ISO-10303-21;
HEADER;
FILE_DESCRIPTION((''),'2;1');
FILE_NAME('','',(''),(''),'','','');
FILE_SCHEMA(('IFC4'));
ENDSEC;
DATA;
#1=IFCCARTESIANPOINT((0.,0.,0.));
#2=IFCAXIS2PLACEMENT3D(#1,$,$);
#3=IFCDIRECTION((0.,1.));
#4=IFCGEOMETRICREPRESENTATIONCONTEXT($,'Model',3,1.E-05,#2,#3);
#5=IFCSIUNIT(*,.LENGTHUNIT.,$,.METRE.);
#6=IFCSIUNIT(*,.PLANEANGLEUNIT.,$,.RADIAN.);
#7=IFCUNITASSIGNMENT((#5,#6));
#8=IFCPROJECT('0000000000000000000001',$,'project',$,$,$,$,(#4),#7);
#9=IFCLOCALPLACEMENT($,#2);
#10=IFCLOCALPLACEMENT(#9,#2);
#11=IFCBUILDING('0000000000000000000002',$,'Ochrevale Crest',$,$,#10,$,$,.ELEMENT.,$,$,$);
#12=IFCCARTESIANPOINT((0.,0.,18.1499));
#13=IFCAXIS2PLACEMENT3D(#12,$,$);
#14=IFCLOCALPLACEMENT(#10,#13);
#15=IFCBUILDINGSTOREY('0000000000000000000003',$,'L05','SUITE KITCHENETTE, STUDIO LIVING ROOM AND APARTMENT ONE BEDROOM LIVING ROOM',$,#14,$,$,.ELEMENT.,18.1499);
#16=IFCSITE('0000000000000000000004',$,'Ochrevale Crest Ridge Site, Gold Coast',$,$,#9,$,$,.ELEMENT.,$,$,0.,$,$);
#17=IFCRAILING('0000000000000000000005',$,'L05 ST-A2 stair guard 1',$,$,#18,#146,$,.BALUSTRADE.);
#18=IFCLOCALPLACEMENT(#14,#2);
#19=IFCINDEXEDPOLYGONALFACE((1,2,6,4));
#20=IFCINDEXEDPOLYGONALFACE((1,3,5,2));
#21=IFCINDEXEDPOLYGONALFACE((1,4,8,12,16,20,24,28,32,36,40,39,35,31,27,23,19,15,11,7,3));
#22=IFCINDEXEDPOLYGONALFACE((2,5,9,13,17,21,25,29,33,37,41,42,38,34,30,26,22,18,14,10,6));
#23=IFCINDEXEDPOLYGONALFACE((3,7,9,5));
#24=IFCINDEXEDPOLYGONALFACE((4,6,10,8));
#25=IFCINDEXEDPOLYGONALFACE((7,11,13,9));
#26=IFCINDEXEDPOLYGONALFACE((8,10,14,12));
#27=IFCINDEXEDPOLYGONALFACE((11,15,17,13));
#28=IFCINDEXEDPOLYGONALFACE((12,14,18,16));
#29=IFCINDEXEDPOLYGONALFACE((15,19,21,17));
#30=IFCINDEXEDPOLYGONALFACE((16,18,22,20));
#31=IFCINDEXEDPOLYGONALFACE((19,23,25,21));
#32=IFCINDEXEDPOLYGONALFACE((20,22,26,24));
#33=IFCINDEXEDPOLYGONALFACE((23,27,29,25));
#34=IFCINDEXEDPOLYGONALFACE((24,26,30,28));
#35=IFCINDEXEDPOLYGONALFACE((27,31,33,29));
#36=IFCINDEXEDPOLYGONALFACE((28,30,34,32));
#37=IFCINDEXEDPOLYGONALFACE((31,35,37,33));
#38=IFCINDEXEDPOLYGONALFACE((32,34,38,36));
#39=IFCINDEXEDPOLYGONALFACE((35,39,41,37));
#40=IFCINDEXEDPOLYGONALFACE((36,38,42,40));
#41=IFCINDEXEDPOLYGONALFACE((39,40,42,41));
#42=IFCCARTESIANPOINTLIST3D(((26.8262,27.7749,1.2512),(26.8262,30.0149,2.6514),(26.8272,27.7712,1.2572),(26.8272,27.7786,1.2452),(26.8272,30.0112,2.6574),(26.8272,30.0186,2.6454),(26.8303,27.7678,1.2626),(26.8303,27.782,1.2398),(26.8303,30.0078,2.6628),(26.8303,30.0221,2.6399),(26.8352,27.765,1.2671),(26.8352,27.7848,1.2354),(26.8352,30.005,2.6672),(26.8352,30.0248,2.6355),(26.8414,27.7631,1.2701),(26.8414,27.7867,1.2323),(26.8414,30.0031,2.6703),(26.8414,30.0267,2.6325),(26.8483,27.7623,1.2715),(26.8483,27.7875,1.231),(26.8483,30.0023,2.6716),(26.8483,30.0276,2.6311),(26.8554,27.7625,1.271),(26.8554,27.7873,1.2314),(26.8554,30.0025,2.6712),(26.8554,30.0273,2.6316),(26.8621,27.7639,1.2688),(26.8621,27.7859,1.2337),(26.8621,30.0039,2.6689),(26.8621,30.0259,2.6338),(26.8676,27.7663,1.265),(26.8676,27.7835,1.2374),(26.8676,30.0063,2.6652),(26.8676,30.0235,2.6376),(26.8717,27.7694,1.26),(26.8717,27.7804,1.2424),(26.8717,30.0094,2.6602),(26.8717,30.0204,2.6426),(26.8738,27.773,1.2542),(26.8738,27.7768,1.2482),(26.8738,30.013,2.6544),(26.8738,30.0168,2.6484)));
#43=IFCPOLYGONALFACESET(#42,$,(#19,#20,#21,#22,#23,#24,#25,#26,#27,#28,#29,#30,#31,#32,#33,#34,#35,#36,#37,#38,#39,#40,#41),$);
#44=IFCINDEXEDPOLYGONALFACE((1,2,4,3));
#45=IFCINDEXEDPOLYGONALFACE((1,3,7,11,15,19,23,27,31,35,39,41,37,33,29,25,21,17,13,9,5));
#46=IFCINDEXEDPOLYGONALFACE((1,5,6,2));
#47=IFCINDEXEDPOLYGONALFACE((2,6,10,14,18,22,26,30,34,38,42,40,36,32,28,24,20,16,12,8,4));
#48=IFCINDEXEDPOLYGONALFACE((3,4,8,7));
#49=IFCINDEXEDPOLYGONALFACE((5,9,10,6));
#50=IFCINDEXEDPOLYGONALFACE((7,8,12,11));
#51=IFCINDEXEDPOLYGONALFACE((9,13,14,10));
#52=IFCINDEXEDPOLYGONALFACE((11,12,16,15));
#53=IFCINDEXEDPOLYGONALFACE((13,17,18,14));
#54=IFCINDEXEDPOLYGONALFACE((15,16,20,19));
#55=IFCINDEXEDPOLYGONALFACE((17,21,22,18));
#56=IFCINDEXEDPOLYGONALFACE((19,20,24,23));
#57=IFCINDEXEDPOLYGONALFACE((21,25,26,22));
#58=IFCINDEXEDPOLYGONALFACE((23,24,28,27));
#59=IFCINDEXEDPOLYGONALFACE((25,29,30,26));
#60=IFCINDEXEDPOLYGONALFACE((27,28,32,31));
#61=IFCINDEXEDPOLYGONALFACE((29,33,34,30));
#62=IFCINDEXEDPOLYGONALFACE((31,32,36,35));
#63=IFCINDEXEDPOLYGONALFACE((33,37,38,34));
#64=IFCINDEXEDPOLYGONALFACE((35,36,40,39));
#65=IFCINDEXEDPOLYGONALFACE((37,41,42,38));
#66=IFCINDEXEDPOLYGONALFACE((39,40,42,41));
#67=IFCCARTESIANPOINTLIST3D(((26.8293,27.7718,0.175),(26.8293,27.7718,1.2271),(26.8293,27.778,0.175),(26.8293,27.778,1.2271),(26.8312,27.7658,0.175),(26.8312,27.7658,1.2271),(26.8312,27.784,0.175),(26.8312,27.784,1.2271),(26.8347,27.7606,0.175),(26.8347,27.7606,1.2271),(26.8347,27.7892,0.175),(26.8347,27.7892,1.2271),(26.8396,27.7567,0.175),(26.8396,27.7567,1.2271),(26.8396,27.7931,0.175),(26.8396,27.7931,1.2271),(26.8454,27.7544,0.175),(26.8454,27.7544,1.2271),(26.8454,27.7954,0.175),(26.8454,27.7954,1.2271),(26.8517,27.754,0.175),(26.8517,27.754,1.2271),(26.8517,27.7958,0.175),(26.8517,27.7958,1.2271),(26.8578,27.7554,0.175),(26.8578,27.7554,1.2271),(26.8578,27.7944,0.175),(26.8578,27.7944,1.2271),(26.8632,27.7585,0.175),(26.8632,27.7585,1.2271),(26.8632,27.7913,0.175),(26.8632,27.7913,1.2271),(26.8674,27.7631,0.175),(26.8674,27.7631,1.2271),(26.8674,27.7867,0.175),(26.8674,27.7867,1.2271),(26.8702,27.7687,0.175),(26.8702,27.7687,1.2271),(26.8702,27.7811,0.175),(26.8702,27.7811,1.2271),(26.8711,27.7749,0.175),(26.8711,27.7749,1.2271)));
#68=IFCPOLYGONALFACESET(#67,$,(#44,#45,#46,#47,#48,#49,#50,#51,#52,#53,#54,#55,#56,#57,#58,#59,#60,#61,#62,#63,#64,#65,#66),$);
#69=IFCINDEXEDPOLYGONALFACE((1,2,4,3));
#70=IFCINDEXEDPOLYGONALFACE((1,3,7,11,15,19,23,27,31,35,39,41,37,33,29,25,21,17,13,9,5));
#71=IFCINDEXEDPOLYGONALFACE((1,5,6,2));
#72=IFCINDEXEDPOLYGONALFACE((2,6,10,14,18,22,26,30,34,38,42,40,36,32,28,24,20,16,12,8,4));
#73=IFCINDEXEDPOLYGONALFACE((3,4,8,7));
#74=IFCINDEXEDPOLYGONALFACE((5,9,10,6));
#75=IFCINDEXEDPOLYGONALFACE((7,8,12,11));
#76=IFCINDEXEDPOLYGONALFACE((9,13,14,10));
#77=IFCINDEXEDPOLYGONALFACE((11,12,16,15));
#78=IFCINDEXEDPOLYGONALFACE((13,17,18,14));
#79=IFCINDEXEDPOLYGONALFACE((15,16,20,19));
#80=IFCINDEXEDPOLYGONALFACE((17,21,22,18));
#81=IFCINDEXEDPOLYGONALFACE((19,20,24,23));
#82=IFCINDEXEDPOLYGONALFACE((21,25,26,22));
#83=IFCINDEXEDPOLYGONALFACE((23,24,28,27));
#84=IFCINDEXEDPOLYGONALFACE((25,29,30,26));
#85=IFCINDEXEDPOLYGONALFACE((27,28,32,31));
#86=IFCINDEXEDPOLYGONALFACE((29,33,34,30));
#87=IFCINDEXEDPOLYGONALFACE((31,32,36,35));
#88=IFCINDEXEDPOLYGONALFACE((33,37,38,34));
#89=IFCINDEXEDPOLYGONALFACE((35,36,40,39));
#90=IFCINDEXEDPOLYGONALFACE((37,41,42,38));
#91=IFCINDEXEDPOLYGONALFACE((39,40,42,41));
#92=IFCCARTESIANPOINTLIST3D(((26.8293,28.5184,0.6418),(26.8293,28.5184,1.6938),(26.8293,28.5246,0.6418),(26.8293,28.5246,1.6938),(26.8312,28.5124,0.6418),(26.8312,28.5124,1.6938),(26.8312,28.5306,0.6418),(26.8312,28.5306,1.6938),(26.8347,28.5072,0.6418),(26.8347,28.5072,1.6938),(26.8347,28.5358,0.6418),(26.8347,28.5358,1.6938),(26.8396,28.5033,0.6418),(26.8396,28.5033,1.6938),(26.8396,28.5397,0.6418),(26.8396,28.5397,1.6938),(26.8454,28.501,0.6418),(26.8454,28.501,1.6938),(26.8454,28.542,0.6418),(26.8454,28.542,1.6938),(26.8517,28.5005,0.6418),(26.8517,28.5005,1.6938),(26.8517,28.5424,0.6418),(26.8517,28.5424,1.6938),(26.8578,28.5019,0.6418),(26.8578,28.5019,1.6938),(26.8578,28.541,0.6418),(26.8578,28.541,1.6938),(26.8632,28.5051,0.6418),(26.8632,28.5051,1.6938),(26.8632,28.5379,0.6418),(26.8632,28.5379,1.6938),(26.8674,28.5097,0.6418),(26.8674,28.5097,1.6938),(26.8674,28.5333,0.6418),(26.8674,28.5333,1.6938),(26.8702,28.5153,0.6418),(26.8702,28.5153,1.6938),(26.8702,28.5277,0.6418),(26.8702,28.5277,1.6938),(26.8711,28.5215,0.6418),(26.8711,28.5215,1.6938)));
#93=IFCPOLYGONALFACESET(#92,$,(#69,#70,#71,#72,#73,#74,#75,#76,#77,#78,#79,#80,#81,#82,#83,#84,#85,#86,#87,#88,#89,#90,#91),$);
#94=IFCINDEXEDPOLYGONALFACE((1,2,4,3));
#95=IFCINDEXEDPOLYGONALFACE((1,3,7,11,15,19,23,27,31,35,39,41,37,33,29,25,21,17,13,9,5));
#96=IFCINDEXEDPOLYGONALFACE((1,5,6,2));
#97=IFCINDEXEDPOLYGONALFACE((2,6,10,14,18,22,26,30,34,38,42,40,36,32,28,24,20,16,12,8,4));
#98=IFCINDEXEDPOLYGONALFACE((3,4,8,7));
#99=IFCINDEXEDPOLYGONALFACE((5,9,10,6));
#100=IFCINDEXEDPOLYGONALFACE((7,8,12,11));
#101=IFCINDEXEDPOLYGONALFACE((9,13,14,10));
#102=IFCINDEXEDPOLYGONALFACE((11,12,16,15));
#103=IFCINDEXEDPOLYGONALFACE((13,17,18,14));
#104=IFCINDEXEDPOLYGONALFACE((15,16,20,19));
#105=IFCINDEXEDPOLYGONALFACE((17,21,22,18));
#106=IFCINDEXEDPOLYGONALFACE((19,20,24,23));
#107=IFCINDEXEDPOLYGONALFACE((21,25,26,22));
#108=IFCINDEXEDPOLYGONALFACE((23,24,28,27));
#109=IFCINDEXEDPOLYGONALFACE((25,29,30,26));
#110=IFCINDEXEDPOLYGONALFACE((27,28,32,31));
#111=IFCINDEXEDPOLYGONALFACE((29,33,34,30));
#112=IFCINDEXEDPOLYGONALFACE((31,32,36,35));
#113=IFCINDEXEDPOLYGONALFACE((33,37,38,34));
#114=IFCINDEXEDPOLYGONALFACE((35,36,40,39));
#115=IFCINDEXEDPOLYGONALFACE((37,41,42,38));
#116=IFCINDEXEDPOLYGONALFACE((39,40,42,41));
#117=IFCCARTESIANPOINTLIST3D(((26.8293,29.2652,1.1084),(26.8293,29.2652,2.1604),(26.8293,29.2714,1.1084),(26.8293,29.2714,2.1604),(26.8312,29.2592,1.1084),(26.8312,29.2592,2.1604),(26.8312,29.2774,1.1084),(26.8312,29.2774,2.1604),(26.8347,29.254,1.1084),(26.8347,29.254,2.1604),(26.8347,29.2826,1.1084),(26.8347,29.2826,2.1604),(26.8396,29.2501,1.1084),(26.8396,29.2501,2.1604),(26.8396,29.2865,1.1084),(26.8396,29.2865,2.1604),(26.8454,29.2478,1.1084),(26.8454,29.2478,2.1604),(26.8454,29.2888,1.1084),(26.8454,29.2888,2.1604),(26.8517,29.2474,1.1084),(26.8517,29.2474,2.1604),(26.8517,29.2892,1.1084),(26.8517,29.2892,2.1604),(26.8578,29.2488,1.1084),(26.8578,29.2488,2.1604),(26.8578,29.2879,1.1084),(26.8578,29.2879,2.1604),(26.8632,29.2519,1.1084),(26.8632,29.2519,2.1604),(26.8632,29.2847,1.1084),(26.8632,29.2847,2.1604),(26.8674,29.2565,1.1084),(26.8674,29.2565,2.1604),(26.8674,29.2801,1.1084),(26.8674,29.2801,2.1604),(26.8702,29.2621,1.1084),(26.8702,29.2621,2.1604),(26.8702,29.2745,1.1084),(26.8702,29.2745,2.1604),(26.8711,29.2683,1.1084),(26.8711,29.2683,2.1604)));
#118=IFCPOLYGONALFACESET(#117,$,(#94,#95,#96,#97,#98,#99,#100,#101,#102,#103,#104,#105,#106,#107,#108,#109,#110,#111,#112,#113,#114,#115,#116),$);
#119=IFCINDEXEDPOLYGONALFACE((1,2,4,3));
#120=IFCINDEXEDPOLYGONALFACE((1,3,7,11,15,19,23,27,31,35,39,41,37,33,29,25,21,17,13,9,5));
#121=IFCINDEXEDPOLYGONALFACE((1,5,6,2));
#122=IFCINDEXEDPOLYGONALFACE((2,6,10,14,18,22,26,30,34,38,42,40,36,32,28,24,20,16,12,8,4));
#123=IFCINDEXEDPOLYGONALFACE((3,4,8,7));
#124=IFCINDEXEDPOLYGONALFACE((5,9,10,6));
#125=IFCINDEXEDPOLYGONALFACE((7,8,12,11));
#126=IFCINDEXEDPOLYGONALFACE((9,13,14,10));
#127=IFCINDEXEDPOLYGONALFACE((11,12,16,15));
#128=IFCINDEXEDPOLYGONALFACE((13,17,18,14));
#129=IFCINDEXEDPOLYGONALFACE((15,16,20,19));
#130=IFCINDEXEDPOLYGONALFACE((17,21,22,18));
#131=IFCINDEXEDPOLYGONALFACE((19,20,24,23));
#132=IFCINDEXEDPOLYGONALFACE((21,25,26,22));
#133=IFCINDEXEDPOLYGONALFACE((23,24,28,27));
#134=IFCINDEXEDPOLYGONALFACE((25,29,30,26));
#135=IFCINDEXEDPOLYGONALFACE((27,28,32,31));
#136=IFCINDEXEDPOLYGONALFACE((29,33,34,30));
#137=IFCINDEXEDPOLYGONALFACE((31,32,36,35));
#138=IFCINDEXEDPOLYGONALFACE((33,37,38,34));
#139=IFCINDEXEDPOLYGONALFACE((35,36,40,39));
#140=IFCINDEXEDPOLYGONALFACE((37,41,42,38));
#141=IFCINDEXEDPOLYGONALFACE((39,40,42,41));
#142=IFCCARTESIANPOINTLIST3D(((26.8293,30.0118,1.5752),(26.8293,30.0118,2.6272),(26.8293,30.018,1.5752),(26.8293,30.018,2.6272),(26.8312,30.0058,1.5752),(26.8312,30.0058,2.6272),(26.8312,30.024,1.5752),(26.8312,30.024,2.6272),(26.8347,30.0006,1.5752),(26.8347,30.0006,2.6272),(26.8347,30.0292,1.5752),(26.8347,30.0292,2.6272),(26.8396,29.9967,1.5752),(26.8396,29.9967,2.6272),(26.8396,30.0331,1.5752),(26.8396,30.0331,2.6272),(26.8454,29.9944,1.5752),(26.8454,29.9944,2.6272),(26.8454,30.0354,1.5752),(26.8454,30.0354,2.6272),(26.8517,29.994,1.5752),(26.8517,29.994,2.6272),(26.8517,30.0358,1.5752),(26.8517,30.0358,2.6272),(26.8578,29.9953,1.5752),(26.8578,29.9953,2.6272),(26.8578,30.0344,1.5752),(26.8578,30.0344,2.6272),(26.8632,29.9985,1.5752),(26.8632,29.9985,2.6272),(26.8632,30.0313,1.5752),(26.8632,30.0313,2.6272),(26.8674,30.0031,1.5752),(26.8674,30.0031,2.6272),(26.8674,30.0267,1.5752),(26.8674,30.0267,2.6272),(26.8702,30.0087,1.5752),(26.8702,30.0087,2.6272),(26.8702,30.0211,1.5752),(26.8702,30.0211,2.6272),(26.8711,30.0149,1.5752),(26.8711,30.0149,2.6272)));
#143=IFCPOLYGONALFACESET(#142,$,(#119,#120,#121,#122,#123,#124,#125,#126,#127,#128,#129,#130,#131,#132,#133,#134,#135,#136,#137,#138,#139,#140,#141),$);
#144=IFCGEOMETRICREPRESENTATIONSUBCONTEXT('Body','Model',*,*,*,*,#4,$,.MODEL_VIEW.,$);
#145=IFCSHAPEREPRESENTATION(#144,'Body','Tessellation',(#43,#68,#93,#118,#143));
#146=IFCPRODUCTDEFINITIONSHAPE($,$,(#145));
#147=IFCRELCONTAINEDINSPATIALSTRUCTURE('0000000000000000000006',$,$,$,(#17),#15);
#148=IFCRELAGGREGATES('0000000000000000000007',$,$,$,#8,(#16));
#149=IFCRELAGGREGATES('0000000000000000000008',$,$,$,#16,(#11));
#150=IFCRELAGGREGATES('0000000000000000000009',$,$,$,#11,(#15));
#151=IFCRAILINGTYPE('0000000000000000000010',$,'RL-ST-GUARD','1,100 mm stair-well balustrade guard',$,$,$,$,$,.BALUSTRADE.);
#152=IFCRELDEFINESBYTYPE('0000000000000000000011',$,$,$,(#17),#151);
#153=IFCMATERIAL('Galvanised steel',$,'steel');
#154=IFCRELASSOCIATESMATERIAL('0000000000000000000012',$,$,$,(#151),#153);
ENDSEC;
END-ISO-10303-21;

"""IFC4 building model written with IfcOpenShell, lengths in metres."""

from ifc_helpers import new_model, si_unit, direction, frame, origin, origin_2d, place, context, subcontext, project, spatial, circle, extrude, material, type_object, element, save


model = new_model("IFC4")

# Units and contexts
model_context = context("Model", 3, precision=1e-05, world=origin(), true_north=direction((0.0, 1.0)))
body_context = subcontext(model_context, "Body", "Model", "MODEL_VIEW")
ifc_project = project(units=[si_unit("LENGTHUNIT", "METRE"), si_unit("PLANEANGLEUNIT", "RADIAN")], contexts=[model_context])

# Site, building, storey
site_placement = place(None, origin())
site = spatial("IfcSite", under=ifc_project, at=site_placement, Name="Ochrevale Crest Ridge Site, Gold Coast", CompositionType="ELEMENT", RefElevation=0.0)
building_placement = place(site_placement, origin())
building = spatial("IfcBuilding", under=site, at=building_placement, Name="Ochrevale Crest", CompositionType="ELEMENT")
storey_placement = place(building_placement, frame((0.0, 0.0, 18.1499)))
storey = spatial("IfcBuildingStorey", under=building, at=storey_placement, Name="L05", Description="SUITE KITCHENETTE, STUDIO LIVING ROOM AND APARTMENT ONE BEDROOM LIVING ROOM", CompositionType="ELEMENT", Elevation=18.1499)

# Railing
ifc_material_1 = material(Name="Galvanised steel", Category="steel")
railing_type = type_object("IfcRailingType", Name="RL-ST-GUARD", Description="1,100 mm stair-well balustrade guard", PredefinedType="BALUSTRADE", material=ifc_material_1)
railing_1_placement = place(storey_placement, frame((26.8501, 27.7749, 0.175)))
element("IfcRailing", 1, at=railing_1_placement, inside=storey, type_object=railing_type, Name="L05 ST-A2 stair guard 1", PredefinedType="BALUSTRADE", context=body_context, shape_type="SweptSolid", body=[
    extrude(circle(Radius=0.0239, at=origin_2d()), frame((0.0, 0.0, 1.0762), z_axis=(0.0, 0.847972, 0.53004), x_axis=(-1.0, 0.0, 0.0)), (0.0, 0.0, 1.0), 2.6416),
    extrude(circle(Radius=0.021, at=origin_2d()), origin(), (0.0, 0.0, 1.0), 1.052),
    extrude(circle(Radius=0.021, at=origin_2d()), frame((0.0, 0.7466, 0.4668)), (0.0, 0.0, 1.0), 1.052),
    extrude(circle(Radius=0.021, at=origin_2d()), frame((0.0, 1.4934, 0.9333)), (0.0, 0.0, 1.0), 1.052),
    extrude(circle(Radius=0.021, at=origin_2d()), frame((0.0, 2.24, 1.4001)), (0.0, 0.0, 1.0), 1.052),
])

save(model, "model.ifc")
